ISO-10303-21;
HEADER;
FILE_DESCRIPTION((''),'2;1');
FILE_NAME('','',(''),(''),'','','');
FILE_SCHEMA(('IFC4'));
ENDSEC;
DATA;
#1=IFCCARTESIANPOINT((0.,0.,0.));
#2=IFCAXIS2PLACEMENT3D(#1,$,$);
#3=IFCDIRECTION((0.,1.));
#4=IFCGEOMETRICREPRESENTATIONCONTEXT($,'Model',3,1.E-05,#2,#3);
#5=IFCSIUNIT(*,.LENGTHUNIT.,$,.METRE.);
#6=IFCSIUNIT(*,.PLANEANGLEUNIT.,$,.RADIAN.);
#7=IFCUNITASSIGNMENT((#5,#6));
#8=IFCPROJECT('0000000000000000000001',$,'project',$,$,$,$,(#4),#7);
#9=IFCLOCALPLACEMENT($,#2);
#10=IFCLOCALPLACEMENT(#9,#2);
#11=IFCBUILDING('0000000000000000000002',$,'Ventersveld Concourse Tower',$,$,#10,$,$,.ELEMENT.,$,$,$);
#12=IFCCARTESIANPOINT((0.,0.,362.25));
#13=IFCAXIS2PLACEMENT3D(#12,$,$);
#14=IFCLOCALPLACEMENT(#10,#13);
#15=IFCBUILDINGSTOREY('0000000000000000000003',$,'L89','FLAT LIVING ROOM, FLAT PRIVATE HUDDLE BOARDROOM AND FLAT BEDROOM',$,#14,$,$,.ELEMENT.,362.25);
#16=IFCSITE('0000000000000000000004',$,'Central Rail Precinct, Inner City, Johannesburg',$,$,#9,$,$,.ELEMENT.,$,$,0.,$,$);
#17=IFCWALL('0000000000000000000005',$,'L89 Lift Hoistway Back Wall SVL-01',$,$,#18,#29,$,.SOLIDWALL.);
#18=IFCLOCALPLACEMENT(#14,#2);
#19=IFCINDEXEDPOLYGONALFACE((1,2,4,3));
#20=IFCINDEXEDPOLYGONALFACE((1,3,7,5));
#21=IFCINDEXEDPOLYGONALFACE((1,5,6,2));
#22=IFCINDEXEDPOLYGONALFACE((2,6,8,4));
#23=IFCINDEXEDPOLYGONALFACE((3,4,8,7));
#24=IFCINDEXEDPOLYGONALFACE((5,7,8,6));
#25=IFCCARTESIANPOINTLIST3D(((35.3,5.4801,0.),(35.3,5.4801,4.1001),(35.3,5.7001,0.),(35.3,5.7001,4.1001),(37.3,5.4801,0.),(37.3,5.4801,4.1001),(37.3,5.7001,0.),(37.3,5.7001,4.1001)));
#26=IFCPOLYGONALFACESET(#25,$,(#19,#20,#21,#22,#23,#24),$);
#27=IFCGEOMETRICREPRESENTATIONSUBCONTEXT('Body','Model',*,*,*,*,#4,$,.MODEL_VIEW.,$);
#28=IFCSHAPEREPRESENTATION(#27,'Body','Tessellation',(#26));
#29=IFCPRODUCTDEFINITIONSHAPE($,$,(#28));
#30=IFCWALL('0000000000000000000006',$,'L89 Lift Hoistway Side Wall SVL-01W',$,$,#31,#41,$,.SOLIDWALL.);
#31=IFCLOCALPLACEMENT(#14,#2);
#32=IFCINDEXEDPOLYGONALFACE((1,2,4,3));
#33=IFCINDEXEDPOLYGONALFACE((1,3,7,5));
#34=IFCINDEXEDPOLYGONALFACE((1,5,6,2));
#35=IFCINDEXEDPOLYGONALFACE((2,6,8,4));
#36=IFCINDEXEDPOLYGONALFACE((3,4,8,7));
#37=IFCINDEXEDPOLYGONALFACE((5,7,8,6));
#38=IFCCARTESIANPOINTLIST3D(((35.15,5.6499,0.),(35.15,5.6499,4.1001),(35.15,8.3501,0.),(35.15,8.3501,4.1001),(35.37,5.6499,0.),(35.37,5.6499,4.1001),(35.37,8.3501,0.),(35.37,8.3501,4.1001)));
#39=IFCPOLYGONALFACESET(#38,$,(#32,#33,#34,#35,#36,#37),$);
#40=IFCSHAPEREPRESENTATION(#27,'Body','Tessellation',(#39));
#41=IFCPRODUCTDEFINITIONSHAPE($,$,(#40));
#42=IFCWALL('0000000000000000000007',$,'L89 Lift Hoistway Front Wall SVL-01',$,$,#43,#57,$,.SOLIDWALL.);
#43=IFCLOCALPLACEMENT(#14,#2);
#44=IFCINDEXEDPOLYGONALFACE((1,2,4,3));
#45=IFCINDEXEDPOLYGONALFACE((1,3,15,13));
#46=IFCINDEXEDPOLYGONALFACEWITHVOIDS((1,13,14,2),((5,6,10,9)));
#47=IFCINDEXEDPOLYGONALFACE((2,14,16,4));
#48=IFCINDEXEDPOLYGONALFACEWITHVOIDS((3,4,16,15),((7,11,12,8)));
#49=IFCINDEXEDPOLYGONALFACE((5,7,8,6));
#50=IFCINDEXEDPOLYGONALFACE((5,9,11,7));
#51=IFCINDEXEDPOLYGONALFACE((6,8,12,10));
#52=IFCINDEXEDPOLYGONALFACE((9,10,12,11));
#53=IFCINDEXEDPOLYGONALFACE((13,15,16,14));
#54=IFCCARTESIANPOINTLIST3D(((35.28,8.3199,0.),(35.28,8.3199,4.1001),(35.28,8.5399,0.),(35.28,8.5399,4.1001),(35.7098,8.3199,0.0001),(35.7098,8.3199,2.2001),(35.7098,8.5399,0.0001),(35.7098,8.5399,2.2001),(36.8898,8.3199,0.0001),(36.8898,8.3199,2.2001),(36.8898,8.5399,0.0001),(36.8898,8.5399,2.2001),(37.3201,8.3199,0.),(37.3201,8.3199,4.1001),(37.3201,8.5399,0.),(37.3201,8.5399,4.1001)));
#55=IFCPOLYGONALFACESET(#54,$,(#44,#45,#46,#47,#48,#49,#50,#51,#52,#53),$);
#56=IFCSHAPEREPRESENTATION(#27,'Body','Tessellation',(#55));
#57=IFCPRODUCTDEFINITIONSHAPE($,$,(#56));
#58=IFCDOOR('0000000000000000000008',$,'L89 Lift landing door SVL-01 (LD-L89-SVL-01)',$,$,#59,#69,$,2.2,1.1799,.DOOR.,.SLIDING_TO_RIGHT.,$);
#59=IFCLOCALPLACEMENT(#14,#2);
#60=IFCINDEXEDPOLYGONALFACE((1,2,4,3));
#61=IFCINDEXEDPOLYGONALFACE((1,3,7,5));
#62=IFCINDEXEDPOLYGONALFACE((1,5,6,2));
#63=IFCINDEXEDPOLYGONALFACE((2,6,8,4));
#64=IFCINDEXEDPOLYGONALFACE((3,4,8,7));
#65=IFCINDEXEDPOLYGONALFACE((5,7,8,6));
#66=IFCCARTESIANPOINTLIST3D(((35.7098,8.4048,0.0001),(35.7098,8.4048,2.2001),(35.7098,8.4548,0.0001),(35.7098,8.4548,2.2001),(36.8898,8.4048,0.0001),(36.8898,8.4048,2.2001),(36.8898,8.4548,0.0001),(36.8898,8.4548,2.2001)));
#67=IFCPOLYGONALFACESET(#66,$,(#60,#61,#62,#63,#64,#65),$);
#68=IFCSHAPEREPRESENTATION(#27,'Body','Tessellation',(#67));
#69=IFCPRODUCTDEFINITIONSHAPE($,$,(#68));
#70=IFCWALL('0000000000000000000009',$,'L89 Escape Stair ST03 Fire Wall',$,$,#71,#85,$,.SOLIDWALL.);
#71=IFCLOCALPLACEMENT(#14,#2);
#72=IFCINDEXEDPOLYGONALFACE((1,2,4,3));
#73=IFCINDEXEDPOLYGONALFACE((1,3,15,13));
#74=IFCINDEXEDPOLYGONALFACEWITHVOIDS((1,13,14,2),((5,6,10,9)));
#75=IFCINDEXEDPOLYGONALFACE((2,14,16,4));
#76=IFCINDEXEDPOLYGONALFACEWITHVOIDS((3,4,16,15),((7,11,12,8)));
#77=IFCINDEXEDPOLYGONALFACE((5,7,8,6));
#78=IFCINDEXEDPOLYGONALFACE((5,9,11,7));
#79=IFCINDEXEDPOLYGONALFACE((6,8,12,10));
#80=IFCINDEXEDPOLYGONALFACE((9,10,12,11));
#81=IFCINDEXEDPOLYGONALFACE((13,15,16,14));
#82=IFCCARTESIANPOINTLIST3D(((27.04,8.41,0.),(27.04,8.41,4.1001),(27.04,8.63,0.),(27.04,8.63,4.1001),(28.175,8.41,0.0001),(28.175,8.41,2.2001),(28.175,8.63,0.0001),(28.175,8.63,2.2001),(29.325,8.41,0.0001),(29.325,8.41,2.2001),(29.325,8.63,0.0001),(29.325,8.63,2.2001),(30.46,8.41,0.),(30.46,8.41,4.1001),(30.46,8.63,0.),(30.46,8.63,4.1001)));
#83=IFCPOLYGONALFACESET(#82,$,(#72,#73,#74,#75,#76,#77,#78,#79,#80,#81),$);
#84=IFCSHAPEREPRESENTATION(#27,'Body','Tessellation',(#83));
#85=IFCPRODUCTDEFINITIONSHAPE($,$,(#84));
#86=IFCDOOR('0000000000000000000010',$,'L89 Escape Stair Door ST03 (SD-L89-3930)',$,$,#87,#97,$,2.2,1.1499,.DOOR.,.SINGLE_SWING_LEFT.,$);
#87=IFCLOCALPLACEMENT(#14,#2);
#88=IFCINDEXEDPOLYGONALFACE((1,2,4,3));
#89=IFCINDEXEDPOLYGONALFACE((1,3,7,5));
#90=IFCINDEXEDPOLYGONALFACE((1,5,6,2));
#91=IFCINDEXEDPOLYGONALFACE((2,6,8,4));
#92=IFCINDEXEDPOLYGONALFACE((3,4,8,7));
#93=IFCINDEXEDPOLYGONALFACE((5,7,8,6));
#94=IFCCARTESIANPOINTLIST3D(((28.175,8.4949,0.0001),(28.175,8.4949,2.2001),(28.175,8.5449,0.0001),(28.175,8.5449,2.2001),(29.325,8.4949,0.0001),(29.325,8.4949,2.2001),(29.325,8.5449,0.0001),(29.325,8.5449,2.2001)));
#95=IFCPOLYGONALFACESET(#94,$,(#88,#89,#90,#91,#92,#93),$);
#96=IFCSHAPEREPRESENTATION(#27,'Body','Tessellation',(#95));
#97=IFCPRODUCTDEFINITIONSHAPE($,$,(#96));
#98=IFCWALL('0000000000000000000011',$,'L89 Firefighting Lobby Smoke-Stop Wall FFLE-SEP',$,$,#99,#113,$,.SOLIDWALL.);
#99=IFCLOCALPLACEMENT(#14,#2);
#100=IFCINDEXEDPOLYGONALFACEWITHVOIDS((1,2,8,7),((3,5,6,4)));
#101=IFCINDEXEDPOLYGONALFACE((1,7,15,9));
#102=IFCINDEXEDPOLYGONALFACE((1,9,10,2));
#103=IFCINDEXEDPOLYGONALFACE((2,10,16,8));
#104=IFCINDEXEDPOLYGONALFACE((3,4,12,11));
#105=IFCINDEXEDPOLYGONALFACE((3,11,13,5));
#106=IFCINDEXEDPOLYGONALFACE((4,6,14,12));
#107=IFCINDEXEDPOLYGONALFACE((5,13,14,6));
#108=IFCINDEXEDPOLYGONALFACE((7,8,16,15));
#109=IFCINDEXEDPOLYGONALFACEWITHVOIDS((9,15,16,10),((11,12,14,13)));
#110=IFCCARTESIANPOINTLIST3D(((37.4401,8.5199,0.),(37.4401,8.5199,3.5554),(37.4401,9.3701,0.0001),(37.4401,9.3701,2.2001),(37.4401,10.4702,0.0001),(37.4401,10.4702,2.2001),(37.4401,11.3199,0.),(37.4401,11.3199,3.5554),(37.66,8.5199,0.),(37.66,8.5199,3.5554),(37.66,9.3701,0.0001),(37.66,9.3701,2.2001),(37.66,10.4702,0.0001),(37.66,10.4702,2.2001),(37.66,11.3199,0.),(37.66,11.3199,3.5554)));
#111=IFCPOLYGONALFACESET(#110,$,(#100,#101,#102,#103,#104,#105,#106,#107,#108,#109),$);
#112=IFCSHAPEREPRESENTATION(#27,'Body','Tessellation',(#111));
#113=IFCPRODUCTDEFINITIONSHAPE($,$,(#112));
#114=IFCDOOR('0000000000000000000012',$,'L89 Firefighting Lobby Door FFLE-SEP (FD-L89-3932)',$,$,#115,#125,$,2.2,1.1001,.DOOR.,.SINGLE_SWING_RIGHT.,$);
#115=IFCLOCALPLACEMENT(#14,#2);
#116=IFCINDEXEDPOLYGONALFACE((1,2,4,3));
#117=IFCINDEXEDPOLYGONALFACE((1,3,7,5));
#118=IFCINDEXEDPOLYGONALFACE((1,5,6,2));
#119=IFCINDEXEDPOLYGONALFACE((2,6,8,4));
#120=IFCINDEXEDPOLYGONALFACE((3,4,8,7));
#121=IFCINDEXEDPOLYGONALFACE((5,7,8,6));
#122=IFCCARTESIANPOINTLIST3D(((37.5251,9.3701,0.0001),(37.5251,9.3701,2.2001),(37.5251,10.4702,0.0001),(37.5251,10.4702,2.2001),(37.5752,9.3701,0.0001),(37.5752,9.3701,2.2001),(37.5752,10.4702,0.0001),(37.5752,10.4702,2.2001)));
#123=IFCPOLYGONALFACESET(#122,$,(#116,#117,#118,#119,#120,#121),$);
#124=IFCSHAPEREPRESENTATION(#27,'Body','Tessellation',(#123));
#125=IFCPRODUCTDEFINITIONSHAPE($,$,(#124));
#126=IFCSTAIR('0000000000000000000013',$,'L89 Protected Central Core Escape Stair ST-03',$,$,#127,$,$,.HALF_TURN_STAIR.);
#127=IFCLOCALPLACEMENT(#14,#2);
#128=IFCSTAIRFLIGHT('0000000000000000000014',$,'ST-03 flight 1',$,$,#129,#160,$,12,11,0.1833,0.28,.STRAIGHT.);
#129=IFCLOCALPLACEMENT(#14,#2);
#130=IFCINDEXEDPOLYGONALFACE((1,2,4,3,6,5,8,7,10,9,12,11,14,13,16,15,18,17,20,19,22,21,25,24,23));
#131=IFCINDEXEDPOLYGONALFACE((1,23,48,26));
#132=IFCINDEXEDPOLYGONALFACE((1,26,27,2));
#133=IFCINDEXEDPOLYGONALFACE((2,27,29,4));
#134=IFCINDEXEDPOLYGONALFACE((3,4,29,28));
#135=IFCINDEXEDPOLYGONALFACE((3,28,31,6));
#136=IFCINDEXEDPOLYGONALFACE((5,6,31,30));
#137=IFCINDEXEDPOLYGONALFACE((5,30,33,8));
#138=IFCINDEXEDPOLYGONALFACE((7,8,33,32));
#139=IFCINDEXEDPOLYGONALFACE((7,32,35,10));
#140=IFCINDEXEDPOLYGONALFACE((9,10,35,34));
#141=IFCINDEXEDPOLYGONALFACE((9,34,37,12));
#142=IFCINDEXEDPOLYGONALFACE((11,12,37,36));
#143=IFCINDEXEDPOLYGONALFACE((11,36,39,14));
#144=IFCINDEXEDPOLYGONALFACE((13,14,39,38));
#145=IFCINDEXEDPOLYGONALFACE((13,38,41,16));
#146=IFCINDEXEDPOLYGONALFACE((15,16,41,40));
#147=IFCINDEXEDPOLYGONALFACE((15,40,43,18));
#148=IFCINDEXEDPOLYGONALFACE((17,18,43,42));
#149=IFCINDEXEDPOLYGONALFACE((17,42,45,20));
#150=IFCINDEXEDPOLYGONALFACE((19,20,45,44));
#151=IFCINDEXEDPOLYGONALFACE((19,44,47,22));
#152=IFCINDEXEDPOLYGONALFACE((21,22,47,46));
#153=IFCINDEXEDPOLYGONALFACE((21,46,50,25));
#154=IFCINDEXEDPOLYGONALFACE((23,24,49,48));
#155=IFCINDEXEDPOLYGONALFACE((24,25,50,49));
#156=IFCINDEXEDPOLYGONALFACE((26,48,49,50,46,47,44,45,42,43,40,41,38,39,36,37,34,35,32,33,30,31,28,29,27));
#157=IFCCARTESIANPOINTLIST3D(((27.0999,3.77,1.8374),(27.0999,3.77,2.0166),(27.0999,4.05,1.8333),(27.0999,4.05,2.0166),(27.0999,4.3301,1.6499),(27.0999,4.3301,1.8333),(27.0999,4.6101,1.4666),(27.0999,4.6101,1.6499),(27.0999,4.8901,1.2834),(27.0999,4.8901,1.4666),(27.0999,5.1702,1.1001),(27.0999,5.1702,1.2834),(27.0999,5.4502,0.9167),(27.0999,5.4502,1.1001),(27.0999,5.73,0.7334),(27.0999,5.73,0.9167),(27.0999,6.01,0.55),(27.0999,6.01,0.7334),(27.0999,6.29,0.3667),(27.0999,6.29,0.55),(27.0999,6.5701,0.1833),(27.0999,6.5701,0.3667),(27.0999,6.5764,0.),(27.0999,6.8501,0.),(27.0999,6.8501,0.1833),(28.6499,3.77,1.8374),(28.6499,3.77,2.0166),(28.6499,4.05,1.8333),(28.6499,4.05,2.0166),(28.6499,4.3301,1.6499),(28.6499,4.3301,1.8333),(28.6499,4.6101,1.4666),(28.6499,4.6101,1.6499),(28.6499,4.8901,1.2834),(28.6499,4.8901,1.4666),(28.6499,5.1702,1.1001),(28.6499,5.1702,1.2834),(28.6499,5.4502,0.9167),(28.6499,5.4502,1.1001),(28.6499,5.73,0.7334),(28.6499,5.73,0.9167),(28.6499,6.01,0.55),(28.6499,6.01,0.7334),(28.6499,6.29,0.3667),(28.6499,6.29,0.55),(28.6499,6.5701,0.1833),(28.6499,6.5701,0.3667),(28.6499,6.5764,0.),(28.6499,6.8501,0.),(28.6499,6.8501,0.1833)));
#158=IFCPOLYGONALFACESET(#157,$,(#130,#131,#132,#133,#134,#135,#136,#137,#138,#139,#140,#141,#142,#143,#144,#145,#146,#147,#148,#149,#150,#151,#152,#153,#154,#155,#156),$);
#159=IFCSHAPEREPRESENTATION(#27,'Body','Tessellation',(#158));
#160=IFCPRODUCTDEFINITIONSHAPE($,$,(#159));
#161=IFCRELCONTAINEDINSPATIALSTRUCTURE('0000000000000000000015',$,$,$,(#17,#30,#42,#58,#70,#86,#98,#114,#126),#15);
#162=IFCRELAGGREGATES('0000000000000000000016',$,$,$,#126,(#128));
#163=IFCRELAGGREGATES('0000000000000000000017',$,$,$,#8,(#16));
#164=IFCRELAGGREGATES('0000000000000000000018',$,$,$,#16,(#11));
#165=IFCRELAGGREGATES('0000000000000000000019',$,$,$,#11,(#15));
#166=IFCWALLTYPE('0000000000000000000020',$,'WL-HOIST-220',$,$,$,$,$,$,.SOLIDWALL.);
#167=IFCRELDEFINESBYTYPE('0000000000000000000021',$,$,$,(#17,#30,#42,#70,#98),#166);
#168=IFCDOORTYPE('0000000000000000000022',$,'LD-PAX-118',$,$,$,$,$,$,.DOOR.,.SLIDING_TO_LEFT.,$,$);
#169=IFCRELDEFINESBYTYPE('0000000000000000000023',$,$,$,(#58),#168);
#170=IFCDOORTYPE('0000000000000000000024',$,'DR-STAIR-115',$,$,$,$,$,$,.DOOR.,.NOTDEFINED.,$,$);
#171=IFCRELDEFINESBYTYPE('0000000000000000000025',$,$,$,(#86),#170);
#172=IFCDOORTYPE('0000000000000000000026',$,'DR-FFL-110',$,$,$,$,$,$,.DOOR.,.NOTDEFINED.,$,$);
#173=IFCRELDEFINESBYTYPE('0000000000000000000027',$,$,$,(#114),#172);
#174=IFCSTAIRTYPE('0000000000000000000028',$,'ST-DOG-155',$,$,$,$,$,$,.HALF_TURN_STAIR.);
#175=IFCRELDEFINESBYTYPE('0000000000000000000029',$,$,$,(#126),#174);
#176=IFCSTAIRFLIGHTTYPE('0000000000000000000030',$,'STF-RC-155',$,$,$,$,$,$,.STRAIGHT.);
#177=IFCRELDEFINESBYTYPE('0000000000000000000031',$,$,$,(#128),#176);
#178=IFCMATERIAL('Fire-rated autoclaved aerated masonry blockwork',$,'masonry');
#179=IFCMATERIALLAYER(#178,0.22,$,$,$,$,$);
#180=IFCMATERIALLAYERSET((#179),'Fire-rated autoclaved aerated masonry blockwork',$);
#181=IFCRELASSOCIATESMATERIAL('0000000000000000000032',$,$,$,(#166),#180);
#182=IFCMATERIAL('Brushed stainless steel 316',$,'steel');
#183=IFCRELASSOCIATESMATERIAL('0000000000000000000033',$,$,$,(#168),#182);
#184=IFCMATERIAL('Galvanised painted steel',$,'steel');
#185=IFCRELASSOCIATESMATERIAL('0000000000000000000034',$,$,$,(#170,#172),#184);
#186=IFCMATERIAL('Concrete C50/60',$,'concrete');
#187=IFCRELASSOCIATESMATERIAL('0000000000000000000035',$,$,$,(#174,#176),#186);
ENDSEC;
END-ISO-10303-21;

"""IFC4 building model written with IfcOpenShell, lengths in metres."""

from ifc_helpers import new_model, si_unit, direction, frame, frame_2d, origin, place, context, subcontext, project, spatial, polyline, rectangle, outline, extrude, material, layer, layer_set, type_object, element, fill, aggregate, save


model = new_model("IFC4")

# Units and contexts
model_context = context("Model", 3, precision=1e-05, world=origin(), true_north=direction((0.0, 1.0)))
body_context = subcontext(model_context, "Body", "Model", "MODEL_VIEW")
ifc_project = project(units=[si_unit("LENGTHUNIT", "METRE"), si_unit("PLANEANGLEUNIT", "RADIAN")], contexts=[model_context])

# Site, building, storey
site_placement = place(None, origin())
site = spatial("IfcSite", under=ifc_project, at=site_placement, Name="Central Rail Precinct, Inner City, Johannesburg", CompositionType="ELEMENT", RefElevation=0.0)
building_placement = place(site_placement, origin())
building = spatial("IfcBuilding", under=site, at=building_placement, Name="Ventersveld Concourse Tower", CompositionType="ELEMENT")
storey_placement = place(building_placement, frame((0.0, 0.0, 362.25)))
storey = spatial("IfcBuildingStorey", under=building, at=storey_placement, Name="L89", Description="FLAT LIVING ROOM, FLAT PRIVATE HUDDLE BOARDROOM AND FLAT BEDROOM", CompositionType="ELEMENT", Elevation=362.25)

# Shared definitions
ifc_material_1 = material(Name="Concrete C50/60", Category="concrete")

# Shared definitions
ifc_material_2 = material(Name="Fire-rated autoclaved aerated masonry blockwork", Category="masonry")
ifc_material_3 = material(Name="Galvanised painted steel", Category="steel")

# Walls
ifc_layer_1 = layer(ifc_material_2, 0.22)
ifc_layer_set_1 = layer_set([ifc_layer_1], Name="Fire-rated autoclaved aerated masonry blockwork")
wall_type_1 = type_object("IfcWallType", Name="WL-HOIST-220", PredefinedType="SOLIDWALL", material=ifc_layer_set_1)
wall_1_placement = place(storey_placement, frame((35.3, 5.5901, 0.0), z_axis=(0.0, 0.0, 1.0), x_axis=(1.0, 0.0, 0.0)))
element("IfcWall", 1, at=wall_1_placement, inside=storey, type_object=wall_type_1, Name="L89 Lift Hoistway Back Wall SVL-01", PredefinedType="SOLIDWALL", context=body_context, shape_type="SweptSolid", body=[
    extrude(rectangle(XDim=2.0, YDim=0.22, at=frame_2d((1.0, 0.0))), origin(), (0.0, 0.0, 1.0), 4.1001),
])
wall_2_placement = place(storey_placement, frame((35.26, 5.6499, 0.0), z_axis=(0.0, 0.0, 1.0), x_axis=(0.0, 1.0, 0.0)))
element("IfcWall", 2, at=wall_2_placement, inside=storey, type_object=wall_type_1, Name="L89 Lift Hoistway Side Wall SVL-01W", PredefinedType="SOLIDWALL", context=body_context, shape_type="SweptSolid", body=[
    extrude(rectangle(XDim=2.7002, YDim=0.22, at=frame_2d((1.3501, 0.0))), origin(), (0.0, 0.0, 1.0), 4.1001),
])

# Walls, openings, doors
wall_3_placement = place(storey_placement, frame((35.28, 8.4299, 0.0), z_axis=(0.0, 0.0, 1.0), x_axis=(1.0, 0.0, 0.0)))
wall_3 = element("IfcWall", 3, at=wall_3_placement, inside=storey, type_object=wall_type_1, Name="L89 Lift Hoistway Front Wall SVL-01", PredefinedType="SOLIDWALL", context=body_context, shape_type="SweptSolid", body=[
    extrude(rectangle(XDim=2.04, YDim=0.22, at=frame_2d((1.02, 0.0))), origin(), (0.0, 0.0, 1.0), 4.1001),
])
opening_1_placement = place(wall_3_placement, frame((0.4299, 0.0, 0.0)))
opening_1 = element("IfcOpeningElement", 4, at=opening_1_placement, cuts=wall_3, PredefinedType="OPENING", context=body_context, shape_type="SweptSolid", body=[
    extrude(rectangle(XDim=1.1799, YDim=2.2, at=frame_2d((0.5898, 1.1001))), frame((0.0, 0.1201, 0.0), z_axis=(0.0, -1.0, 0.0), x_axis=(1.0, 0.0, 0.0)), (0.0, 0.0, 1.0), 0.24),
])
ifc_material_4 = material(Name="Brushed stainless steel 316", Category="steel")
door_type_1 = type_object("IfcDoorType", Name="LD-PAX-118", OperationType="SLIDING_TO_LEFT", PredefinedType="DOOR", material=ifc_material_4)
door_1_placement = place(opening_1_placement, origin())
door_1 = element("IfcDoor", 5, at=door_1_placement, inside=storey, type_object=door_type_1, Name="L89 Lift landing door SVL-01 (LD-L89-SVL-01)", OperationType="SLIDING_TO_RIGHT", OverallHeight=2.2, OverallWidth=1.1799, PredefinedType="DOOR", context=body_context, shape_type="SweptSolid", body=[
    extrude(rectangle(XDim=1.1799, YDim=2.2, at=frame_2d((0.5898, 1.1001))), frame((0.0, 0.0249, 0.0), z_axis=(0.0, -1.0, 0.0), x_axis=(1.0, 0.0, 0.0)), (0.0, 0.0, 1.0), 0.05),
])
fill(opening_1, door_1)
wall_4_placement = place(storey_placement, frame((27.04, 8.52, 0.0), z_axis=(0.0, 0.0, 1.0), x_axis=(1.0, 0.0, 0.0)))
wall_4 = element("IfcWall", 6, at=wall_4_placement, inside=storey, type_object=wall_type_1, Name="L89 Escape Stair ST03 Fire Wall", PredefinedType="SOLIDWALL", context=body_context, shape_type="SweptSolid", body=[
    extrude(rectangle(XDim=3.4199, YDim=0.22, at=frame_2d((1.71, 0.0))), origin(), (0.0, 0.0, 1.0), 4.1001),
])
opening_2_placement = place(wall_4_placement, frame((1.135, 0.0, 0.0)))
opening_2 = element("IfcOpeningElement", 7, at=opening_2_placement, cuts=wall_4, PredefinedType="OPENING", context=body_context, shape_type="SweptSolid", body=[
    extrude(rectangle(XDim=1.1499, YDim=2.2, at=frame_2d((0.575, 1.1001))), frame((0.0, 0.1201, 0.0), z_axis=(0.0, -1.0, 0.0), x_axis=(1.0, 0.0, 0.0)), (0.0, 0.0, 1.0), 0.24),
])
door_type_2 = type_object("IfcDoorType", Name="DR-STAIR-115", OperationType="NOTDEFINED", PredefinedType="DOOR", material=ifc_material_3)
door_2_placement = place(opening_2_placement, origin())
door_2 = element("IfcDoor", 8, at=door_2_placement, inside=storey, type_object=door_type_2, Name="L89 Escape Stair Door ST03 (SD-L89-3930)", OperationType="SINGLE_SWING_LEFT", OverallHeight=2.2, OverallWidth=1.1499, PredefinedType="DOOR", context=body_context, shape_type="SweptSolid", body=[
    extrude(rectangle(XDim=1.1499, YDim=2.2, at=frame_2d((0.575, 1.1001))), frame((0.0, 0.0249, 0.0), z_axis=(0.0, -1.0, 0.0), x_axis=(1.0, 0.0, 0.0)), (0.0, 0.0, 1.0), 0.05),
])
fill(opening_2, door_2)
wall_5_placement = place(storey_placement, frame((37.55, 8.52, 0.0), z_axis=(0.0, 0.0, 1.0), x_axis=(0.0, 1.0, 0.0)))
wall_5 = element("IfcWall", 9, at=wall_5_placement, inside=storey, type_object=wall_type_1, Name="L89 Firefighting Lobby Smoke-Stop Wall FFLE-SEP", PredefinedType="SOLIDWALL", context=body_context, shape_type="SweptSolid", body=[
    extrude(rectangle(XDim=2.8, YDim=0.22, at=frame_2d((1.3999, 0.0))), origin(), (0.0, 0.0, 1.0), 3.5554),
])
opening_3_placement = place(wall_5_placement, frame((0.8501, 0.0, 0.0)))
opening_3 = element("IfcOpeningElement", 10, at=opening_3_placement, cuts=wall_5, PredefinedType="OPENING", context=body_context, shape_type="SweptSolid", body=[
    extrude(rectangle(XDim=1.1001, YDim=2.2, at=frame_2d((0.55, 1.1001))), frame((0.0, 0.1201, 0.0), z_axis=(0.0, -1.0, 0.0), x_axis=(1.0, 0.0, 0.0)), (0.0, 0.0, 1.0), 0.24),
])
door_type_3 = type_object("IfcDoorType", Name="DR-FFL-110", OperationType="NOTDEFINED", PredefinedType="DOOR", material=ifc_material_3)
door_3_placement = place(opening_3_placement, origin())
door_3 = element("IfcDoor", 11, at=door_3_placement, inside=storey, type_object=door_type_3, Name="L89 Firefighting Lobby Door FFLE-SEP (FD-L89-3932)", OperationType="SINGLE_SWING_RIGHT", OverallHeight=2.2, OverallWidth=1.1001, PredefinedType="DOOR", context=body_context, shape_type="SweptSolid", body=[
    extrude(rectangle(XDim=1.1001, YDim=2.2, at=frame_2d((0.55, 1.1001))), frame((0.0, 0.0249, 0.0), z_axis=(0.0, -1.0, 0.0), x_axis=(1.0, 0.0, 0.0)), (0.0, 0.0, 1.0), 0.05),
])
fill(opening_3, door_3)

# Stair, stair flight
stair_type = type_object("IfcStairType", Name="ST-DOG-155", PredefinedType="HALF_TURN_STAIR", material=ifc_material_1)
stair_placement = place(storey_placement, origin())
stair = element("IfcStair", 12, at=stair_placement, inside=storey, type_object=stair_type, Name="L89 Protected Central Core Escape Stair ST-03", PredefinedType="HALF_TURN_STAIR")
stair_flight_type = type_object("IfcStairFlightType", Name="STF-RC-155", PredefinedType="STRAIGHT", material=ifc_material_1)
stair_flight_1_placement = place(storey_placement, frame((27.875, 6.8501, 0.0), z_axis=(0.0, 0.0, 1.0), x_axis=(0.0, -1.0, 0.0)))
stair_flight_1 = element("IfcStairFlight", 13, at=stair_flight_1_placement, type_object=stair_flight_type, Name="ST-03 flight 1", NumberOfRisers=12, NumberOfTreads=11, PredefinedType="STRAIGHT", RiserHeight=0.1833, TreadLength=0.28, context=body_context, shape_type="SweptSolid", body=[
    extrude(outline(polyline([(0.0, 0.0), (0.0, 0.1833), (0.28, 0.1833), (0.28, 0.3667), (0.5601, 0.3667), (0.5601, 0.55), (0.8401, 0.55), (0.8401, 0.7334), (1.1201, 0.7334), (1.1201, 0.9167), (1.3999, 0.9167), (1.3999, 1.1001), (1.6799, 1.1001), (1.6799, 1.2834), (1.96, 1.2834), (1.96, 1.4666), (2.24, 1.4666), (2.24, 1.6499), (2.52, 1.6499), (2.52, 1.8333), (2.8, 1.8333), (2.8, 2.0166), (3.0801, 2.0166), (3.0801, 2.2), (3.0801, 1.8374), (0.2737, 0.0), (0.0, 0.0)])), frame((0.0, 0.7749, 0.0), z_axis=(0.0, -1.0, 0.0), x_axis=(1.0, 0.0, 0.0)), (0.0, 0.0, 1.0), 1.55),
])
aggregate(stair, [stair_flight_1])

save(model, "model.ifc")
